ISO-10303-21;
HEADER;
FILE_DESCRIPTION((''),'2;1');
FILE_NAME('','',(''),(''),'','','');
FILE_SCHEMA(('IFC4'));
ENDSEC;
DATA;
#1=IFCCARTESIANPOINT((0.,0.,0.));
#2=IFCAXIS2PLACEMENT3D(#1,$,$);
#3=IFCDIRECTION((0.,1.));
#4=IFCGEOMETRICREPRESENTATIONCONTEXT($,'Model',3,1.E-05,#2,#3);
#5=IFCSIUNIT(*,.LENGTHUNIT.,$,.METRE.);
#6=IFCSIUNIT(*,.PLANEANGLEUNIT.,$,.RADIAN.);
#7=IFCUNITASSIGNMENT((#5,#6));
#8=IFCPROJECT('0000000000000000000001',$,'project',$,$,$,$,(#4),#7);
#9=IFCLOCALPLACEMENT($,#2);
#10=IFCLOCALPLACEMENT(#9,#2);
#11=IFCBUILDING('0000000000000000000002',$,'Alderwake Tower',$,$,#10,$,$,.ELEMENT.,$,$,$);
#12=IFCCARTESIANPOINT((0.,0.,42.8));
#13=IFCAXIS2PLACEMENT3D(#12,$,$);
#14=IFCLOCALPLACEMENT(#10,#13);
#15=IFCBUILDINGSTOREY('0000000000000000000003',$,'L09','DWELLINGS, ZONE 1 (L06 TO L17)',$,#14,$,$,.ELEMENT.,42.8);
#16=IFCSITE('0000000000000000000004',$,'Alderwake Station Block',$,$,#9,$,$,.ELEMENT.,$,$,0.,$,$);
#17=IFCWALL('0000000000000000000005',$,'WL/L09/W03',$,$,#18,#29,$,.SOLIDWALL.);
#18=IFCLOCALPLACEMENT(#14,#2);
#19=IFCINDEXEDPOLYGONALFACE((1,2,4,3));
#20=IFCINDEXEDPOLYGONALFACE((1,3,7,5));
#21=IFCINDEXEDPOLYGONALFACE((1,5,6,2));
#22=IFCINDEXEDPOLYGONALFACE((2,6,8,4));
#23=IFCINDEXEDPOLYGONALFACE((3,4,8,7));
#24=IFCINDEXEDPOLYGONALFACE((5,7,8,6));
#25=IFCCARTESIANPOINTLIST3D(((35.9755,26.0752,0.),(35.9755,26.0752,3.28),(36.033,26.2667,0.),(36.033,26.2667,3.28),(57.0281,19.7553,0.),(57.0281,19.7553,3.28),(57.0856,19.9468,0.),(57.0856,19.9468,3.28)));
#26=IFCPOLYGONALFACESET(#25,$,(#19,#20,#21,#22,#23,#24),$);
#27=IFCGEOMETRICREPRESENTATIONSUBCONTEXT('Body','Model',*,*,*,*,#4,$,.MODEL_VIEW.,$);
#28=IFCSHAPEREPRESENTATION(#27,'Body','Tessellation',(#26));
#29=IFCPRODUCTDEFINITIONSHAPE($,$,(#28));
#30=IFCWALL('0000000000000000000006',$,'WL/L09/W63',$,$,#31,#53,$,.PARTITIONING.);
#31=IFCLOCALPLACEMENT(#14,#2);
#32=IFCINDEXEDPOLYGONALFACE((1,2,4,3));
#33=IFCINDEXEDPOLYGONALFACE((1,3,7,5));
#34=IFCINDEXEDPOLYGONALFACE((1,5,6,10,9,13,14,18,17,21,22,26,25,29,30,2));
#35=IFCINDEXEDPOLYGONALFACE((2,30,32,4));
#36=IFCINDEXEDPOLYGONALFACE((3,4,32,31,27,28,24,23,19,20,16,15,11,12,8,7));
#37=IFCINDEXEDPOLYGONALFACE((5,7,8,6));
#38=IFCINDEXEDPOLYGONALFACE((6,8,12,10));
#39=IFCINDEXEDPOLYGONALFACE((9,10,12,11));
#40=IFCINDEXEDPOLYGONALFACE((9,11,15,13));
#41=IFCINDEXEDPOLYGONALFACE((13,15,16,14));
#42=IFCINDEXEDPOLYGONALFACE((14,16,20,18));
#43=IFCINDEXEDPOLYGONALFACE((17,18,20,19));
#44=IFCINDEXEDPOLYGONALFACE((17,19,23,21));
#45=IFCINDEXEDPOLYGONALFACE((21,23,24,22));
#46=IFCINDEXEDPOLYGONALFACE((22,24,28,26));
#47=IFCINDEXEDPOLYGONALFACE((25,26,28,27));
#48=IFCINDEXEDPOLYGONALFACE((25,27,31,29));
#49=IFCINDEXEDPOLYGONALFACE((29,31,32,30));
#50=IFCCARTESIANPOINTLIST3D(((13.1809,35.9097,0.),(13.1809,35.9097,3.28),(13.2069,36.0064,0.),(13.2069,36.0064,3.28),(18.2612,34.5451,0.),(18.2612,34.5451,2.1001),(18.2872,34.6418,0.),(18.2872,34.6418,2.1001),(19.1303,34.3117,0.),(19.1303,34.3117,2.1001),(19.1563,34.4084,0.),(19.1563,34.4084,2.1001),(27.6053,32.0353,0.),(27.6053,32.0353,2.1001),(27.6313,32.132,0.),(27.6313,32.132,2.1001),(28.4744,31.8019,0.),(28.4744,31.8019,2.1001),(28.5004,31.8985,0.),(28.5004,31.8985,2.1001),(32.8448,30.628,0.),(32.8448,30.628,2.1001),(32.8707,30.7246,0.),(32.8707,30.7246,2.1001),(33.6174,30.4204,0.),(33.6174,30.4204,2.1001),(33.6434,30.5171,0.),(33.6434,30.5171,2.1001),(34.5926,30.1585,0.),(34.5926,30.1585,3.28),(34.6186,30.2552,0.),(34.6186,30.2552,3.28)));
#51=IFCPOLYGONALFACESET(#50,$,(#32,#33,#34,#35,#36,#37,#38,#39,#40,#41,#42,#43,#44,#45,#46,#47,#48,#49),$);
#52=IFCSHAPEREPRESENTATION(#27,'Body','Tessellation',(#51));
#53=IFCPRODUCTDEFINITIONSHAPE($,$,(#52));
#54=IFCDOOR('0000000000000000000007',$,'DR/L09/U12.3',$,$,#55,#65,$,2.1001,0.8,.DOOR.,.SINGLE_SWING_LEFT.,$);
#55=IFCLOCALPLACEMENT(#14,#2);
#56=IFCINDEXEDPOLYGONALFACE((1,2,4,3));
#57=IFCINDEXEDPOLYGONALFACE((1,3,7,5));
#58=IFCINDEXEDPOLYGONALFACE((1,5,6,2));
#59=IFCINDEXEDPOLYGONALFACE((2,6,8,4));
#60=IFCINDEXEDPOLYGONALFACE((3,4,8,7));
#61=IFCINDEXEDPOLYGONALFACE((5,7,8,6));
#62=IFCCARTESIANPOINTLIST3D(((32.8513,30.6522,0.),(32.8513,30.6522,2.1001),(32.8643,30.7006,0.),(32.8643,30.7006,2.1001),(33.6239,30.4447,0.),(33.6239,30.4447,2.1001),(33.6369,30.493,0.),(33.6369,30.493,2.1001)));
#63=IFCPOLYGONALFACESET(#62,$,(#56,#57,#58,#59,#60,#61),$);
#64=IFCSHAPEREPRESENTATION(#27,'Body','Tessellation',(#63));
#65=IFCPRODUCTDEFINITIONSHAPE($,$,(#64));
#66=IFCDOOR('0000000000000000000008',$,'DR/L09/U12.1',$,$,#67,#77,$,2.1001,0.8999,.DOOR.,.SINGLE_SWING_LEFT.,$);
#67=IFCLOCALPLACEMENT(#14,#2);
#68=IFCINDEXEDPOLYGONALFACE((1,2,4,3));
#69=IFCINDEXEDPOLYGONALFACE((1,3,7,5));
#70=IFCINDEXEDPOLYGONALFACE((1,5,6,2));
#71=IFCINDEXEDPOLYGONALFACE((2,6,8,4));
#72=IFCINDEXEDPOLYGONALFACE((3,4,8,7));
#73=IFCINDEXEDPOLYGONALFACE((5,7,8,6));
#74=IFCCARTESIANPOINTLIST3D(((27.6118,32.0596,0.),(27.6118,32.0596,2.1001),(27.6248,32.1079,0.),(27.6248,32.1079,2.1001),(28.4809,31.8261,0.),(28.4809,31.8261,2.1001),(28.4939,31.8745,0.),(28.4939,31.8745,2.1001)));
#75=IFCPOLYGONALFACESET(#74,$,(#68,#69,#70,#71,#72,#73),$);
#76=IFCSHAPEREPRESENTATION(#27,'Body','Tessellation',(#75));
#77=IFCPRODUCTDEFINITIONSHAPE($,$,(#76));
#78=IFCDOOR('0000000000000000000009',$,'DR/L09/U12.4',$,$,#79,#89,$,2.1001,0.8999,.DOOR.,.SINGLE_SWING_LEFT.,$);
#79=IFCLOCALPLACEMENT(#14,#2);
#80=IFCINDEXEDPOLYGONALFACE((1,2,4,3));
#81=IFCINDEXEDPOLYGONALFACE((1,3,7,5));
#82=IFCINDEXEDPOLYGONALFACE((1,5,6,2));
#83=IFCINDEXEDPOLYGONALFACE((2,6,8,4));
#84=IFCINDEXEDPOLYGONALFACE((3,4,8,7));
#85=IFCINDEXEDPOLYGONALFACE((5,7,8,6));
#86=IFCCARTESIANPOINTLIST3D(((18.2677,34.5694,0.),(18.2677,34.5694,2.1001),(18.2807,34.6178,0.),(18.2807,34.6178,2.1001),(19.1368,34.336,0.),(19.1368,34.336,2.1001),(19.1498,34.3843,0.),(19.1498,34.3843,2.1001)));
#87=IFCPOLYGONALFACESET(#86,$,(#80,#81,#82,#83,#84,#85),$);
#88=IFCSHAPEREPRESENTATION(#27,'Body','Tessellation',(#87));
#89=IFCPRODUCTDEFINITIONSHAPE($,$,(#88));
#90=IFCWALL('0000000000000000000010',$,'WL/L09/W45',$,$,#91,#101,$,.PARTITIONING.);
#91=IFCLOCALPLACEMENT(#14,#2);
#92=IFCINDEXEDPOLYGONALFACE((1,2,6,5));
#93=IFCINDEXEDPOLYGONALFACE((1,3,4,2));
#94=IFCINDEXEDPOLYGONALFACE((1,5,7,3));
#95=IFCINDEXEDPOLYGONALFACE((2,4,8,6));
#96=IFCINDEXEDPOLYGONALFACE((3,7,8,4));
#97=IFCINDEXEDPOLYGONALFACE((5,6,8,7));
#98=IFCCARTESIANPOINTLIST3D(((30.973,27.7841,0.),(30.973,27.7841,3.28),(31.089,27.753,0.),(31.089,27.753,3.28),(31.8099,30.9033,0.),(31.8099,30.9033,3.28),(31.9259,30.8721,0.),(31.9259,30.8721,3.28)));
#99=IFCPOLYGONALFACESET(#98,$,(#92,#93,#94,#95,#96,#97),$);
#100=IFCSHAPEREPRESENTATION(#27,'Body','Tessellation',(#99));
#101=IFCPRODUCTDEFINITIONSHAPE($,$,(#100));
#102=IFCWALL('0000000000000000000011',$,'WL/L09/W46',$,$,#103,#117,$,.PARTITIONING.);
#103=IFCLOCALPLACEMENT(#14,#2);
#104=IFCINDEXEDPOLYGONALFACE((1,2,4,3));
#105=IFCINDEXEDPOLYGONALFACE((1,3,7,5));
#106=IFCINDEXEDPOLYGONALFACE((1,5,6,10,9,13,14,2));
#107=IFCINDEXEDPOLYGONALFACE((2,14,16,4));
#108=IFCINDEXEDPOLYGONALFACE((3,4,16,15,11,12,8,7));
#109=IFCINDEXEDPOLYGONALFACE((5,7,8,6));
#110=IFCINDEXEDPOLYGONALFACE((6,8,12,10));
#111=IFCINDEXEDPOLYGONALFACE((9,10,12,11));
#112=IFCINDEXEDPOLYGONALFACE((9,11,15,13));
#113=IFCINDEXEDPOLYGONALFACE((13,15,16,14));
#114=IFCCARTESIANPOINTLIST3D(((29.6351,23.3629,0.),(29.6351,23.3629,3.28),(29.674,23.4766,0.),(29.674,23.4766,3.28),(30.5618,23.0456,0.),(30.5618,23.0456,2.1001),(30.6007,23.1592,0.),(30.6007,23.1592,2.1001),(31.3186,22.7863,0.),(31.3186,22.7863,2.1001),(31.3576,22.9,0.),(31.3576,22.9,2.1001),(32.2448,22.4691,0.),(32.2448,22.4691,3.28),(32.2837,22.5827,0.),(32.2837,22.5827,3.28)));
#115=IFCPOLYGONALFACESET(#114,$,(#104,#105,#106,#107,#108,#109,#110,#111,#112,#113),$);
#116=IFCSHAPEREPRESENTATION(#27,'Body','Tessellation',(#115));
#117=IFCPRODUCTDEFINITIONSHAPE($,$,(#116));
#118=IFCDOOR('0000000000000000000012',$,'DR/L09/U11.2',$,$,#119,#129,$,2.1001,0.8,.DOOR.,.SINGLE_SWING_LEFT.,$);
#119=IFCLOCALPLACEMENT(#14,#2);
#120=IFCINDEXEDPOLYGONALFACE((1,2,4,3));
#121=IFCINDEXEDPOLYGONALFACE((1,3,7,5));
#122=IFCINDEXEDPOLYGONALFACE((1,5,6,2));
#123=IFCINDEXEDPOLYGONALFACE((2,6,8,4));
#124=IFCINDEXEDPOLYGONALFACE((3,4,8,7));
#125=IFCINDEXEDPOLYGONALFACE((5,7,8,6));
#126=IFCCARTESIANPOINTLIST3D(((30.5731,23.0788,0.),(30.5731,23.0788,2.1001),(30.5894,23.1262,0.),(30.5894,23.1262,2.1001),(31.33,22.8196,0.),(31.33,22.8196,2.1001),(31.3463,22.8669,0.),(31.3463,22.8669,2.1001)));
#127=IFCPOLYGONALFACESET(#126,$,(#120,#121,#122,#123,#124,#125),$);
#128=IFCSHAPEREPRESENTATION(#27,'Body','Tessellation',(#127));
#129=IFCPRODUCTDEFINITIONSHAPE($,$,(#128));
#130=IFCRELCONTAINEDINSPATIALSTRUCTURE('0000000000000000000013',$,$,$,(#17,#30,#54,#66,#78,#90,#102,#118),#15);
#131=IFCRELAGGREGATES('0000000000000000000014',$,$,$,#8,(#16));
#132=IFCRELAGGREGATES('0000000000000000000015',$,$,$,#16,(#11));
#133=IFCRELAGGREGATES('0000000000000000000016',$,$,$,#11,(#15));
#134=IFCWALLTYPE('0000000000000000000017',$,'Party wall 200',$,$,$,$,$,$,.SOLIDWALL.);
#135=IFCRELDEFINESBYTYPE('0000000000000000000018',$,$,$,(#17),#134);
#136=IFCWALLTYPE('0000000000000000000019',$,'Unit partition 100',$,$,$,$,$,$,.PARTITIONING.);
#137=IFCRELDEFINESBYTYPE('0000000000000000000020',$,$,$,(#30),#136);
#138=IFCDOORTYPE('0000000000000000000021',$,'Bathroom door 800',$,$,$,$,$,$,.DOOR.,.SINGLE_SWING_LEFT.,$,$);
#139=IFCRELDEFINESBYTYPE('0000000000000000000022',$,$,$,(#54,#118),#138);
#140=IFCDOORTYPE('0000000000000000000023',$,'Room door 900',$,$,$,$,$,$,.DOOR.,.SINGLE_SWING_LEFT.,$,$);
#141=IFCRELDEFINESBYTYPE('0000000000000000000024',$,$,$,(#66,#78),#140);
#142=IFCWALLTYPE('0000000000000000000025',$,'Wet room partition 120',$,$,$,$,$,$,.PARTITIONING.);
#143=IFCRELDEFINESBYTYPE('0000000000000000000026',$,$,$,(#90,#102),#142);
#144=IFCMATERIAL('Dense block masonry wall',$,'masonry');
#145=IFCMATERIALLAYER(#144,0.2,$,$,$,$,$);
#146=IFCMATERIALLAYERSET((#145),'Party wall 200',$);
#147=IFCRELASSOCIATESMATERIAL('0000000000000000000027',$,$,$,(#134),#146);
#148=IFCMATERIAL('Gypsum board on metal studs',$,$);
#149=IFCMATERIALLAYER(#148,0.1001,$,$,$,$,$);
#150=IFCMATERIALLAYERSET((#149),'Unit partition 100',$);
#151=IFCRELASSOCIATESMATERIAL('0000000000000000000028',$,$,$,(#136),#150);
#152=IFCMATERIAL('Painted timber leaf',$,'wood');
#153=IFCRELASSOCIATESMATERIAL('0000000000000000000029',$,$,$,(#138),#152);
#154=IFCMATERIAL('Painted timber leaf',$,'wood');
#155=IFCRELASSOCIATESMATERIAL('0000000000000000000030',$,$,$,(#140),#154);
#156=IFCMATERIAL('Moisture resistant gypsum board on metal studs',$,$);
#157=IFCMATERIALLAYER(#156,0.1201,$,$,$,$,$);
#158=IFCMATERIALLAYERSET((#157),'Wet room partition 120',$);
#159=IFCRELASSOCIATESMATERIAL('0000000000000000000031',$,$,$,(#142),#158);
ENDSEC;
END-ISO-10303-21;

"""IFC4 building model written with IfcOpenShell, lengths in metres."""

from ifc_helpers import new_model, si_unit, direction, frame, frame_2d, origin, place, context, subcontext, project, spatial, rectangle, extrude, material, layer, layer_set, type_object, element, fill, save


model = new_model("IFC4")

# Units and contexts
model_context = context("Model", 3, precision=1e-05, world=origin(), true_north=direction((0.0, 1.0)))
body_context = subcontext(model_context, "Body", "Model", "MODEL_VIEW")
ifc_project = project(units=[si_unit("LENGTHUNIT", "METRE"), si_unit("PLANEANGLEUNIT", "RADIAN")], contexts=[model_context])

# Site, building, storey
site_placement = place(None, origin())
site = spatial("IfcSite", under=ifc_project, at=site_placement, Name="Alderwake Station Block", CompositionType="ELEMENT", RefElevation=0.0)
building_placement = place(site_placement, origin())
building = spatial("IfcBuilding", under=site, at=building_placement, Name="Alderwake Tower", CompositionType="ELEMENT")
storey_placement = place(building_placement, frame((0.0, 0.0, 42.8)))
storey = spatial("IfcBuildingStorey", under=building, at=storey_placement, Name="L09", Description="DWELLINGS, ZONE 1 (L06 TO L17)", CompositionType="ELEMENT", Elevation=42.8)

# Wall
ifc_material_1 = material(Name="Dense block masonry wall", Category="masonry")
ifc_layer_1 = layer(ifc_material_1, 0.2)
ifc_layer_set_1 = layer_set([ifc_layer_1], Name="Party wall 200")
wall_type_1 = type_object("IfcWallType", Name="Party wall 200", PredefinedType="SOLIDWALL", material=ifc_layer_set_1)
wall_1_placement = place(storey_placement, frame((36.0044, 26.1709, 0.0), z_axis=(0.0, 0.0, 1.0), x_axis=(0.957775, -0.287518, 0.0)))
element("IfcWall", 1, at=wall_1_placement, inside=storey, type_object=wall_type_1, Name="WL/L09/W03", PredefinedType="SOLIDWALL", context=body_context, shape_type="SweptSolid", body=[
    extrude(rectangle(XDim=21.9807, YDim=0.2, at=frame_2d((10.9902, 0.0))), origin(), (0.0, 0.0, 1.0), 3.28),
])

# Wall, openings, doors
ifc_material_2 = material(Name="Gypsum board on metal studs")
ifc_layer_2 = layer(ifc_material_2, 0.1001)
ifc_layer_set_2 = layer_set([ifc_layer_2], Name="Unit partition 100")
wall_type_2 = type_object("IfcWallType", Name="Unit partition 100", PredefinedType="PARTITIONING", material=ifc_layer_set_2)
wall_2_placement = place(storey_placement, frame((34.6057, 30.2068, 0.0), z_axis=(0.0, 0.0, 1.0), x_axis=(-0.965768, 0.259408, 0.0)))
wall_2 = element("IfcWall", 2, at=wall_2_placement, inside=storey, type_object=wall_type_2, Name="WL/L09/W63", PredefinedType="PARTITIONING", context=body_context, shape_type="SweptSolid", body=[
    extrude(rectangle(XDim=22.1707, YDim=0.1001, at=frame_2d((11.0854, 0.0))), origin(), (0.0, 0.0, 1.0), 3.28),
])
opening_1_placement = place(wall_2_placement, frame((6.3352, 0.0, 0.0)))
opening_1 = element("IfcOpeningElement", 3, at=opening_1_placement, cuts=wall_2, PredefinedType="OPENING", context=body_context, shape_type="SweptSolid", body=[
    extrude(rectangle(XDim=0.8999, YDim=2.1001, at=frame_2d((0.45, 1.05))), frame((0.0, 0.0601, 0.0), z_axis=(0.0, -1.0, 0.0), x_axis=(1.0, 0.0, 0.0)), (0.0, 0.0, 1.0), 0.1201),
])
opening_2_placement = place(wall_2_placement, frame((1.01, 0.0, 0.0)))
opening_2 = element("IfcOpeningElement", 4, at=opening_2_placement, cuts=wall_2, PredefinedType="OPENING", context=body_context, shape_type="SweptSolid", body=[
    extrude(rectangle(XDim=0.8, YDim=2.1001, at=frame_2d((0.3999, 1.05))), frame((0.0, 0.0601, 0.0), z_axis=(0.0, -1.0, 0.0), x_axis=(1.0, 0.0, 0.0)), (0.0, 0.0, 1.0), 0.1201),
])
opening_3_placement = place(wall_2_placement, frame((16.0105, 0.0, 0.0)))
opening_3 = element("IfcOpeningElement", 5, at=opening_3_placement, cuts=wall_2, PredefinedType="OPENING", context=body_context, shape_type="SweptSolid", body=[
    extrude(rectangle(XDim=0.8999, YDim=2.1001, at=frame_2d((0.45, 1.05))), frame((0.0, 0.0601, 0.0), z_axis=(0.0, -1.0, 0.0), x_axis=(1.0, 0.0, 0.0)), (0.0, 0.0, 1.0), 0.1201),
])
ifc_material_3 = material(Name="Painted timber leaf", Category="wood")
door_type_1 = type_object("IfcDoorType", Name="Bathroom door 800", OperationType="SINGLE_SWING_LEFT", PredefinedType="DOOR", material=ifc_material_3)
door_1_placement = place(opening_2_placement, origin())
door_1 = element("IfcDoor", 6, at=door_1_placement, inside=storey, type_object=door_type_1, Name="DR/L09/U12.3", OperationType="SINGLE_SWING_LEFT", OverallHeight=2.1001, OverallWidth=0.8, PredefinedType="DOOR", context=body_context, shape_type="SweptSolid", body=[
    extrude(rectangle(XDim=0.8, YDim=2.1001, at=frame_2d((0.3999, 1.05))), frame((0.0, 0.0249, 0.0), z_axis=(0.0, -1.0, 0.0), x_axis=(1.0, 0.0, 0.0)), (0.0, 0.0, 1.0), 0.05),
])
fill(opening_2, door_1)
ifc_material_4 = material(Name="Painted timber leaf", Category="wood")
door_type_2 = type_object("IfcDoorType", Name="Room door 900", OperationType="SINGLE_SWING_LEFT", PredefinedType="DOOR", material=ifc_material_4)
door_2_placement = place(opening_1_placement, origin())
door_2 = element("IfcDoor", 7, at=door_2_placement, inside=storey, type_object=door_type_2, Name="DR/L09/U12.1", OperationType="SINGLE_SWING_LEFT", OverallHeight=2.1001, OverallWidth=0.8999, PredefinedType="DOOR", context=body_context, shape_type="SweptSolid", body=[
    extrude(rectangle(XDim=0.8999, YDim=2.1001, at=frame_2d((0.45, 1.05))), frame((0.0, 0.0249, 0.0), z_axis=(0.0, -1.0, 0.0), x_axis=(1.0, 0.0, 0.0)), (0.0, 0.0, 1.0), 0.05),
])
fill(opening_1, door_2)
door_3_placement = place(opening_3_placement, origin())
door_3 = element("IfcDoor", 8, at=door_3_placement, inside=storey, type_object=door_type_2, Name="DR/L09/U12.4", OperationType="SINGLE_SWING_LEFT", OverallHeight=2.1001, OverallWidth=0.8999, PredefinedType="DOOR", context=body_context, shape_type="SweptSolid", body=[
    extrude(rectangle(XDim=0.8999, YDim=2.1001, at=frame_2d((0.45, 1.05))), frame((0.0, 0.0249, 0.0), z_axis=(0.0, -1.0, 0.0), x_axis=(1.0, 0.0, 0.0)), (0.0, 0.0, 1.0), 0.05),
])
fill(opening_3, door_3)

# Wall
ifc_material_5 = material(Name="Moisture resistant gypsum board on metal studs")
ifc_layer_3 = layer(ifc_material_5, 0.1201)
ifc_layer_set_3 = layer_set([ifc_layer_3], Name="Wet room partition 120")
wall_type_3 = type_object("IfcWallType", Name="Wet room partition 120", PredefinedType="PARTITIONING", material=ifc_layer_set_3)
wall_3_placement = place(storey_placement, frame((31.8679, 30.8877, 0.0), z_axis=(0.0, 0.0, 1.0), x_axis=(-0.259149, -0.965837, 0.0)))
element("IfcWall", 9, at=wall_3_placement, inside=storey, type_object=wall_type_3, Name="WL/L09/W45", PredefinedType="PARTITIONING", context=body_context, shape_type="SweptSolid", body=[
    extrude(rectangle(XDim=3.2295, YDim=0.1201, at=frame_2d((1.6147, 0.0))), origin(), (0.0, 0.0, 1.0), 3.28),
])

# Wall, opening, door
wall_4_placement = place(storey_placement, frame((32.2644, 22.5259, 0.0), z_axis=(0.0, 0.0, 1.0), x_axis=(-0.946049, 0.324023, 0.0)))
wall_4 = element("IfcWall", 10, at=wall_4_placement, inside=storey, type_object=wall_type_3, Name="WL/L09/W46", PredefinedType="PARTITIONING", context=body_context, shape_type="SweptSolid", body=[
    extrude(rectangle(XDim=2.7585, YDim=0.1201, at=frame_2d((1.3794, 0.0))), origin(), (0.0, 0.0, 1.0), 3.28),
])
opening_4_placement = place(wall_4_placement, frame((0.9792, 0.0, 0.0)))
opening_4 = element("IfcOpeningElement", 11, at=opening_4_placement, cuts=wall_4, PredefinedType="OPENING", context=body_context, shape_type="SweptSolid", body=[
    extrude(rectangle(XDim=0.8, YDim=2.1001, at=frame_2d((0.3999, 1.05))), frame((0.0, 0.0701, 0.0), z_axis=(0.0, -1.0, 0.0), x_axis=(1.0, 0.0, 0.0)), (0.0, 0.0, 1.0), 0.1401),
])
door_4_placement = place(opening_4_placement, origin())
door_4 = element("IfcDoor", 12, at=door_4_placement, inside=storey, type_object=door_type_1, Name="DR/L09/U11.2", OperationType="SINGLE_SWING_LEFT", OverallHeight=2.1001, OverallWidth=0.8, PredefinedType="DOOR", context=body_context, shape_type="SweptSolid", body=[
    extrude(rectangle(XDim=0.8, YDim=2.1001, at=frame_2d((0.3999, 1.05))), frame((0.0, 0.0249, 0.0), z_axis=(0.0, -1.0, 0.0), x_axis=(1.0, 0.0, 0.0)), (0.0, 0.0, 1.0), 0.05),
])
fill(opening_4, door_4)

save(model, "model.ifc")
